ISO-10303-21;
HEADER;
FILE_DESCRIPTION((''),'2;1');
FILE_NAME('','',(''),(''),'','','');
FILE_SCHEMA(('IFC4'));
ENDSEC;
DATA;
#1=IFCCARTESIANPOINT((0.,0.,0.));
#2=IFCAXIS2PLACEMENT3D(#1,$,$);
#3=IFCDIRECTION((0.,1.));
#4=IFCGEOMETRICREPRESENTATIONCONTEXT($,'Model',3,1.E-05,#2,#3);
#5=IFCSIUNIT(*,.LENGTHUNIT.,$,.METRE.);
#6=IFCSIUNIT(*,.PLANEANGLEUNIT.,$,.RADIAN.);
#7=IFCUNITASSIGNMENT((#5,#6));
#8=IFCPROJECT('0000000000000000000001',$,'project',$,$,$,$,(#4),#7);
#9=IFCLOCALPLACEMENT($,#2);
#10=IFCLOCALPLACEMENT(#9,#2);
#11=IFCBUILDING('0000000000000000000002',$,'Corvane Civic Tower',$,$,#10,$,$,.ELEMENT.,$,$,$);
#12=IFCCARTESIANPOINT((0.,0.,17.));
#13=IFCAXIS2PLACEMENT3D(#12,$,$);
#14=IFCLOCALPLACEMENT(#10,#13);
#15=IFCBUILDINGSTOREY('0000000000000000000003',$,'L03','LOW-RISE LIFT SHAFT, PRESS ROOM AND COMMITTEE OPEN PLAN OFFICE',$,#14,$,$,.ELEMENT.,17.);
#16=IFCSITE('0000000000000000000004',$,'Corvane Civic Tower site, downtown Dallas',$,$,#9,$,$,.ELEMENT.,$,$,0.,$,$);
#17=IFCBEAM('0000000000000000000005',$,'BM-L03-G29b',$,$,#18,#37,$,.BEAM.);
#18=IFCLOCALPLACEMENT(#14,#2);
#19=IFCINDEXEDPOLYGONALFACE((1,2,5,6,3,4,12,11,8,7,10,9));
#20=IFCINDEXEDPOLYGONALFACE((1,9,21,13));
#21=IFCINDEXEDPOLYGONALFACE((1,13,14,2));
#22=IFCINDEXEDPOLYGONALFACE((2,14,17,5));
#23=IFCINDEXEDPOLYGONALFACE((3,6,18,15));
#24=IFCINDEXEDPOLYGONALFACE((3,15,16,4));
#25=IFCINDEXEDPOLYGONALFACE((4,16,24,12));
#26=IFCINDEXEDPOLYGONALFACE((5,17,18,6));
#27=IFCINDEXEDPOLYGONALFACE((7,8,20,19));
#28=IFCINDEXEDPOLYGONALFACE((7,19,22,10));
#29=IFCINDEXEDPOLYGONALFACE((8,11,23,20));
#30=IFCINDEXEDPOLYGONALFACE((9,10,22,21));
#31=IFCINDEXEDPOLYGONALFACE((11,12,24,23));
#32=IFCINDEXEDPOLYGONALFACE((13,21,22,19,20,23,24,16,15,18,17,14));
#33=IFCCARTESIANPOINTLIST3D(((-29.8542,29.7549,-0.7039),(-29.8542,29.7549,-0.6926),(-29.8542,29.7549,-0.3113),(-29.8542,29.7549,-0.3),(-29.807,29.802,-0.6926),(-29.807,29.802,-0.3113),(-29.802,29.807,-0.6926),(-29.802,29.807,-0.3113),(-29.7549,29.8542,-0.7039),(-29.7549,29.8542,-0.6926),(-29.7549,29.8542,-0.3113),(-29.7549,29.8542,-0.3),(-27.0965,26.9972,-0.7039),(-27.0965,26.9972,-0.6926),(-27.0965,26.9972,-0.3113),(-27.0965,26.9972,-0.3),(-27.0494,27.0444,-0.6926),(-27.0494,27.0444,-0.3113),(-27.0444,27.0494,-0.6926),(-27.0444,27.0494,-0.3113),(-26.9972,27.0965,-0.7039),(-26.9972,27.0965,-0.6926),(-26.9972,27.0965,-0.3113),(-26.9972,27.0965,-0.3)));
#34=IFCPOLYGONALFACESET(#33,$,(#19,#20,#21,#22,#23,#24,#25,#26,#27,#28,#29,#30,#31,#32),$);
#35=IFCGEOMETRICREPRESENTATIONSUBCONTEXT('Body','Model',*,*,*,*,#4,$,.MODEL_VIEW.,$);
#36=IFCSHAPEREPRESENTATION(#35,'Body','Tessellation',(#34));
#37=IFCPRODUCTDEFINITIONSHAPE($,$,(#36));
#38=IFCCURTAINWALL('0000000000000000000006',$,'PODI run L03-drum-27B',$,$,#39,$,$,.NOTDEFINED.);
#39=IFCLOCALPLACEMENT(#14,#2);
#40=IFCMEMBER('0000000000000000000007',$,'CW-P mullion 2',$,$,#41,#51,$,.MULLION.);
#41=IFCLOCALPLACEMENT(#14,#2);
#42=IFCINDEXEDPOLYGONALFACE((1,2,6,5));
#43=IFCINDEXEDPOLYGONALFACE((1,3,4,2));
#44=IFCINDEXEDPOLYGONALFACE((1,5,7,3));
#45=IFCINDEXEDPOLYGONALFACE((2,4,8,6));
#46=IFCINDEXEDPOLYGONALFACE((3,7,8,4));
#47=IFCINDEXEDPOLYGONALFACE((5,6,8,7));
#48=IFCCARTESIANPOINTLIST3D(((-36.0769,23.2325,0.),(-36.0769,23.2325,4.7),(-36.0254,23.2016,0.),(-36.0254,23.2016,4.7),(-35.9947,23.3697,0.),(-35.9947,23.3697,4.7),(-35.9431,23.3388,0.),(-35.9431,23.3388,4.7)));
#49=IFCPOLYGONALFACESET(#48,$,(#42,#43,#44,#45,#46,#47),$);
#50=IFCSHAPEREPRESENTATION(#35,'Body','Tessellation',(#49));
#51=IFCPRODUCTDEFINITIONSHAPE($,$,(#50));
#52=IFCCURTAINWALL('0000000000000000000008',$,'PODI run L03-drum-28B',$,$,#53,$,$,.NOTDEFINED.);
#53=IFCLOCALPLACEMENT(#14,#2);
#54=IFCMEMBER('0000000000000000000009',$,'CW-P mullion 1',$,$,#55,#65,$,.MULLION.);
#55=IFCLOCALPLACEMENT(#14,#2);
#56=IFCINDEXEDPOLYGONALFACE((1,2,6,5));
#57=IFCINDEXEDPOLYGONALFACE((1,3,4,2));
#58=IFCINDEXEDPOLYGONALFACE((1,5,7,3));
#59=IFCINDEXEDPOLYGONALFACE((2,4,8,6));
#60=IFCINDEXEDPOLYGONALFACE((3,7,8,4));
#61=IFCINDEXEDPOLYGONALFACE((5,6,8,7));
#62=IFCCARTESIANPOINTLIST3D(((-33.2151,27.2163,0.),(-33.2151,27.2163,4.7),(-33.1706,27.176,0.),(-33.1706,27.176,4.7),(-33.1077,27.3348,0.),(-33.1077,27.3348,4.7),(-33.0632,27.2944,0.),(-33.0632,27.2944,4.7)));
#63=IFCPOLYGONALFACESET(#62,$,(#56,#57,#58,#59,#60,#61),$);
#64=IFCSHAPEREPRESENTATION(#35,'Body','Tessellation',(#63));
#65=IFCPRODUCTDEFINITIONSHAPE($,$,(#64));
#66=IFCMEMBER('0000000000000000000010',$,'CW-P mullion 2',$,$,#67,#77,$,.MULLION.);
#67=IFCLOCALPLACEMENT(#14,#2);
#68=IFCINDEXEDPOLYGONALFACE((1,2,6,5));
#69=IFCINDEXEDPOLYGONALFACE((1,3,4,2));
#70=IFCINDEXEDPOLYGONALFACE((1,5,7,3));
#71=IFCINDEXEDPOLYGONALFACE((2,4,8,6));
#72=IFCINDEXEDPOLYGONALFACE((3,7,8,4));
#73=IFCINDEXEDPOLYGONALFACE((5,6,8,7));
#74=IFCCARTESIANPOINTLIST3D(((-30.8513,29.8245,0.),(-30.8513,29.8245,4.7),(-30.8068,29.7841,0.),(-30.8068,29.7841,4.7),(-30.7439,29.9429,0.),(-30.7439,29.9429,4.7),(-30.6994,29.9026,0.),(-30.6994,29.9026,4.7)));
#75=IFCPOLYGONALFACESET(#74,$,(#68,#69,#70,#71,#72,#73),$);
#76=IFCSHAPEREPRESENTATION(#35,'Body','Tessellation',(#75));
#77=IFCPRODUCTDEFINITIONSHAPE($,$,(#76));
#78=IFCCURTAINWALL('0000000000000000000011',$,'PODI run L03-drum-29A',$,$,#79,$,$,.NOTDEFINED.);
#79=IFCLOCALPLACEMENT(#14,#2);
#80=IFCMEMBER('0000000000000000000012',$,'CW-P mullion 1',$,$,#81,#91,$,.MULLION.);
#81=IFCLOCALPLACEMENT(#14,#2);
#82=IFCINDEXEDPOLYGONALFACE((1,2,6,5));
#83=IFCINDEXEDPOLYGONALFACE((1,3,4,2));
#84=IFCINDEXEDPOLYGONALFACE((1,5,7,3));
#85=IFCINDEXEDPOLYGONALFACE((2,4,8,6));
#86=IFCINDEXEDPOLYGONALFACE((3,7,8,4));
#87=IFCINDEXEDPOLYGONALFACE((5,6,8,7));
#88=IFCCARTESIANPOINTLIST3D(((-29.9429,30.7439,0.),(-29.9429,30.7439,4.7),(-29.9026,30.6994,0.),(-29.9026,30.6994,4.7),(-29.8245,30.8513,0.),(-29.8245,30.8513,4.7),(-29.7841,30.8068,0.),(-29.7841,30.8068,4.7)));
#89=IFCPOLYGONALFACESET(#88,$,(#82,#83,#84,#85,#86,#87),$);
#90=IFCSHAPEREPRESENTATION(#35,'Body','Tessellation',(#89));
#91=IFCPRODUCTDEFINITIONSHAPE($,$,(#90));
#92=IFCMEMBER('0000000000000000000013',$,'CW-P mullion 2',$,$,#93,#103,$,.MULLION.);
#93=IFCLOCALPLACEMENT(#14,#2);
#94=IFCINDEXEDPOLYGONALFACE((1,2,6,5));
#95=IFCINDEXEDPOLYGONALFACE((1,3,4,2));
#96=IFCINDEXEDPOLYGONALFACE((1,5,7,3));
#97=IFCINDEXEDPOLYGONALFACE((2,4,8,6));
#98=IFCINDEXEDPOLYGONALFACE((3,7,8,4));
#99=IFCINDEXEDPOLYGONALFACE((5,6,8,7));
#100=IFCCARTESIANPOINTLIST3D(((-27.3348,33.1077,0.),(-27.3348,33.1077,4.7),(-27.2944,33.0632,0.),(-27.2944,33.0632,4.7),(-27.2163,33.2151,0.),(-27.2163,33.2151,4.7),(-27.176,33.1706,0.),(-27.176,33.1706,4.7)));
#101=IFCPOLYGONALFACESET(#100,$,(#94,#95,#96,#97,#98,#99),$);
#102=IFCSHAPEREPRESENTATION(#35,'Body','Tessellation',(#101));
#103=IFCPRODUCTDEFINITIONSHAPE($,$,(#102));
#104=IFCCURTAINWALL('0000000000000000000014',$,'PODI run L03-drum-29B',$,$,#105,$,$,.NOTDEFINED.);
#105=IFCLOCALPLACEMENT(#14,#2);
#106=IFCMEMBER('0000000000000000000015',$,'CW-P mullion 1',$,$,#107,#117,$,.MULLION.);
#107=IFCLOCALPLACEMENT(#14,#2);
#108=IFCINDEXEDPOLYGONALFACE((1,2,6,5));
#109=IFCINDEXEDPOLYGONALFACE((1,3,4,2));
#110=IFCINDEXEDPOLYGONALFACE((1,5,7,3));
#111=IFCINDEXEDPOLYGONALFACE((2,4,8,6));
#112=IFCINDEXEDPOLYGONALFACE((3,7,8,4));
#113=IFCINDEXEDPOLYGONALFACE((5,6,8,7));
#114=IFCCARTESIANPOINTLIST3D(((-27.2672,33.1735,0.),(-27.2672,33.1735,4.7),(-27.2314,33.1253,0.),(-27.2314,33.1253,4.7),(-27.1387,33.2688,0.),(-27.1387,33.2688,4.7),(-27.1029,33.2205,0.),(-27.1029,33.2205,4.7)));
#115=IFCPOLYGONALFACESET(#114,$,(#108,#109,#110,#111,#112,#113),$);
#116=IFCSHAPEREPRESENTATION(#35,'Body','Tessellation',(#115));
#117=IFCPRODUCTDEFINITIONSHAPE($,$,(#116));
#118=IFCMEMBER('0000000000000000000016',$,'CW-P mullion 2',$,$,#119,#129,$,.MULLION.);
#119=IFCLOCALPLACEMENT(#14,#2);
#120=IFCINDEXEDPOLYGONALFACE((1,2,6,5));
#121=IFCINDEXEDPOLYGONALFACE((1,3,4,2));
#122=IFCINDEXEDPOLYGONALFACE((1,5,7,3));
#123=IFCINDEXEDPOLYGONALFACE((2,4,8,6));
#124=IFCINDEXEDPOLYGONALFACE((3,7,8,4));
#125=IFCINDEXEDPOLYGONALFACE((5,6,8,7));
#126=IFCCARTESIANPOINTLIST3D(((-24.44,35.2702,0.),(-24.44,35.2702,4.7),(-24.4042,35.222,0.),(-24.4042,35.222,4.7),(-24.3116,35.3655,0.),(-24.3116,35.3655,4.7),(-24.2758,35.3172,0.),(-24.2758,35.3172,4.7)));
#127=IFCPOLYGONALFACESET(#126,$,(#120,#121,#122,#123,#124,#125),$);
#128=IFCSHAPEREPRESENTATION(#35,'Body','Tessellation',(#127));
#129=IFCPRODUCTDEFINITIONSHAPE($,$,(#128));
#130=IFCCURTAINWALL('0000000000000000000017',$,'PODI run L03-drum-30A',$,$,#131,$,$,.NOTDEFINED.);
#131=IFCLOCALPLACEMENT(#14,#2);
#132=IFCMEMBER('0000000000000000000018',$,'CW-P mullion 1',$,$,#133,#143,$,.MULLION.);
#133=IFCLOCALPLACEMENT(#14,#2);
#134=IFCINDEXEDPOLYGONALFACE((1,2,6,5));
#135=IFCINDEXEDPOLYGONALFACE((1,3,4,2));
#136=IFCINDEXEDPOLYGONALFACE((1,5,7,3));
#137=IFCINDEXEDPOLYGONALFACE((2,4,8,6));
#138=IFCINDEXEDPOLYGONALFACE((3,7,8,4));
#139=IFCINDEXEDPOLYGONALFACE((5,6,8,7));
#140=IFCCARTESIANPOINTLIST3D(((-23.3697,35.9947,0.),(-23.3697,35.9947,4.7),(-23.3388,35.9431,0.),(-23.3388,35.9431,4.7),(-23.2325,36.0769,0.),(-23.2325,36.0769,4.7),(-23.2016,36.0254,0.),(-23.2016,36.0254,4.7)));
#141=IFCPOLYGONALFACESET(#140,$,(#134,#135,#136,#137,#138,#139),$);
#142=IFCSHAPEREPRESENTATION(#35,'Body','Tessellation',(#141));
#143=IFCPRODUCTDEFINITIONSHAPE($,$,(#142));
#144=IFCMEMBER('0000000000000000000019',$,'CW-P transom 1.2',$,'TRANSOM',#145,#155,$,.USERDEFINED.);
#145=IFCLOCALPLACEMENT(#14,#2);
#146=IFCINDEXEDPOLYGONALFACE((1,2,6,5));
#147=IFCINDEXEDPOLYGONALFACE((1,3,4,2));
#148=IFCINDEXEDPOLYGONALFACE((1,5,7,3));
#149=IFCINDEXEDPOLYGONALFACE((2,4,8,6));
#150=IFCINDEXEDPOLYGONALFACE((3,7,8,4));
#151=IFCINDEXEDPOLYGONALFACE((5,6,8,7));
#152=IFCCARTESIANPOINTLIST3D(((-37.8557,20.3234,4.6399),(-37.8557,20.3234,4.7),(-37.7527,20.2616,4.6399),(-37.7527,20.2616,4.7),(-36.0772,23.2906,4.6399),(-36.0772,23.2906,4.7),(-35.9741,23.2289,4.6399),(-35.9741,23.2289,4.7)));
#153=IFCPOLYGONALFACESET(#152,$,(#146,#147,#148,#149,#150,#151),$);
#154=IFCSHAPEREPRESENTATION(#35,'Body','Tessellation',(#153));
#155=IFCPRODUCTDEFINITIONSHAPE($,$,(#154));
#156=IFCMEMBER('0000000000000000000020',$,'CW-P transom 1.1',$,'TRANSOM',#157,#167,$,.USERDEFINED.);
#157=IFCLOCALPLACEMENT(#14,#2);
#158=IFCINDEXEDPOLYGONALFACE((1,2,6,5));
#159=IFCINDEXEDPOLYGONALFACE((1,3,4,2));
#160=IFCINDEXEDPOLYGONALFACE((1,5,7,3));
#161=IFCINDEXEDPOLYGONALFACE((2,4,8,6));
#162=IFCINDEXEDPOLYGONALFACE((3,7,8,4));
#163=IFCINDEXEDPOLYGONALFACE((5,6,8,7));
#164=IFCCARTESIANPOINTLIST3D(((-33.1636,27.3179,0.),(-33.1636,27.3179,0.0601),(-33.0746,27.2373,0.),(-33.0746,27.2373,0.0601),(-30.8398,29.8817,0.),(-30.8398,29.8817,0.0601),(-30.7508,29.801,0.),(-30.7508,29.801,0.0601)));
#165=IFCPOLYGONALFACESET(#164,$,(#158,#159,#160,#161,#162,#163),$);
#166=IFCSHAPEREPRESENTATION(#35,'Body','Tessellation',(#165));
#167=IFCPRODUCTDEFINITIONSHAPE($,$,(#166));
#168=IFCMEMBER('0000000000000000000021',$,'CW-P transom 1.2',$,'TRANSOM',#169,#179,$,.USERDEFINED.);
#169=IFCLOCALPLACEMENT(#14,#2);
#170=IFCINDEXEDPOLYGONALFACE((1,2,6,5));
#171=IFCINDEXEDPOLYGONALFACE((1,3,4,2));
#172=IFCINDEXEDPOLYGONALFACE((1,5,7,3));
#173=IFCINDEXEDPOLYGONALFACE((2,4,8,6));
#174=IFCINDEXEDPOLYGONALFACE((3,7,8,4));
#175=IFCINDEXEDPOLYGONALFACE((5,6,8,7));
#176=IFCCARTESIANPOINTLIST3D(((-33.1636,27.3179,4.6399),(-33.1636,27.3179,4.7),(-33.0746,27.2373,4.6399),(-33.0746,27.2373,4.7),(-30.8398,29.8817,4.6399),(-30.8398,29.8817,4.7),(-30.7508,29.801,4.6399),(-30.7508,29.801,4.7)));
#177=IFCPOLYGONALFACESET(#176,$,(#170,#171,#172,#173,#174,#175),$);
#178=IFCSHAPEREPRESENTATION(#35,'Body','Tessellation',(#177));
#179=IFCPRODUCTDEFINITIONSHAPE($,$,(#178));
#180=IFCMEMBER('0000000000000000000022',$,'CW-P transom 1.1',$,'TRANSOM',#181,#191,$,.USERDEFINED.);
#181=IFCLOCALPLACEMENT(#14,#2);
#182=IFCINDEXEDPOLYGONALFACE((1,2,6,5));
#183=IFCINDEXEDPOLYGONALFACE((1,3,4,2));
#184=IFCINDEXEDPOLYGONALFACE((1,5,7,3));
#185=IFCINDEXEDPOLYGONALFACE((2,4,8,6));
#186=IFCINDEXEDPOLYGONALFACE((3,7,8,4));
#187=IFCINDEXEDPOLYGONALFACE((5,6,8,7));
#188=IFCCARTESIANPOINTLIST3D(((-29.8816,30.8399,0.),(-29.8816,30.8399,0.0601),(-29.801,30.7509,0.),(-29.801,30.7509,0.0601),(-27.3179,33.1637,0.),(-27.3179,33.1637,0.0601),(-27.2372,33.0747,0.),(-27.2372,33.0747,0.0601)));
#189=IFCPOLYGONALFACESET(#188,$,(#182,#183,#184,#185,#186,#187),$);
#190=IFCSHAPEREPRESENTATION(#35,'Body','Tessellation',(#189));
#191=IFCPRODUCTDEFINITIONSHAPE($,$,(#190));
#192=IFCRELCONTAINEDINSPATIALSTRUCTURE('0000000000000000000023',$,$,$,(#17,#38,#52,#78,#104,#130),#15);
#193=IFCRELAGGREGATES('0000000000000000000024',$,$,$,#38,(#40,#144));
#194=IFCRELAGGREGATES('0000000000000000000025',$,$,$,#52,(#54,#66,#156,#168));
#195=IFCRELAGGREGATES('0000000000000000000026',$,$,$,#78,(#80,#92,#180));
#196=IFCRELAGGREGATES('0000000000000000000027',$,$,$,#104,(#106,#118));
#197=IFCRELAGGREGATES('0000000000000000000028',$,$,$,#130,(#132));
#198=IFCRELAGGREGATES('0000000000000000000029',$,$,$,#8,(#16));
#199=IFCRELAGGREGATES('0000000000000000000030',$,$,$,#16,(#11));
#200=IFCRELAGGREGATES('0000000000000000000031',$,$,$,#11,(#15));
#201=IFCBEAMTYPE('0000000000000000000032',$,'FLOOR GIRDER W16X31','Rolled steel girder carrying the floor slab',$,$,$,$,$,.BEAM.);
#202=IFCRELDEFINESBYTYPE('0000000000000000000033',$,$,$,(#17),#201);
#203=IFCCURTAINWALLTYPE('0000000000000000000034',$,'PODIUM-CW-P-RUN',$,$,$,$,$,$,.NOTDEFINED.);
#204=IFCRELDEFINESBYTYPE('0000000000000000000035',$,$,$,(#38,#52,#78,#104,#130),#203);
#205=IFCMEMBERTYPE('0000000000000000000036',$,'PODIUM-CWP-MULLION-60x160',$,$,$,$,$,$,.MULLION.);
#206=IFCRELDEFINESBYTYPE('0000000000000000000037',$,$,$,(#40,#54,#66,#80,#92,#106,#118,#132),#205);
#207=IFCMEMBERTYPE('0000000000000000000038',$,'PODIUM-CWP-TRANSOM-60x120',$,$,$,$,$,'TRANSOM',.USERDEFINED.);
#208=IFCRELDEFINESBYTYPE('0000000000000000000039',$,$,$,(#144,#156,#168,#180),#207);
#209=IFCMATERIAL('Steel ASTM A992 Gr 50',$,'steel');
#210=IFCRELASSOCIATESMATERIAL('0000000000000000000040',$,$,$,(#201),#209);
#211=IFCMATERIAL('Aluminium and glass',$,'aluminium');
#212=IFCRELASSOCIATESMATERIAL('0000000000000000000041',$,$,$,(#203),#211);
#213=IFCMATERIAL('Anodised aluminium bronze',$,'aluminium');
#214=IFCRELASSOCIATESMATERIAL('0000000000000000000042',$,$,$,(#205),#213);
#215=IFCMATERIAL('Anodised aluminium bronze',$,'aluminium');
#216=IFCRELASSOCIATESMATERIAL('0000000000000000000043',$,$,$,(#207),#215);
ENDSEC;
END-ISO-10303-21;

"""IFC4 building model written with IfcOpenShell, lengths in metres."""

from ifc_helpers import new_model, si_unit, direction, frame, origin, origin_2d, place, context, subcontext, project, spatial, rectangle, i_section, extrude, material, material_profile, profile_set, type_object, element, aggregate, save


model = new_model("IFC4")

# Units and contexts
model_context = context("Model", 3, precision=1e-05, world=origin(), true_north=direction((0.0, 1.0)))
body_context = subcontext(model_context, "Body", "Model", "MODEL_VIEW")
ifc_project = project(units=[si_unit("LENGTHUNIT", "METRE"), si_unit("PLANEANGLEUNIT", "RADIAN")], contexts=[model_context])

# Site, building, storey
site_placement = place(None, origin())
site = spatial("IfcSite", under=ifc_project, at=site_placement, Name="Corvane Civic Tower site, downtown Dallas", CompositionType="ELEMENT", RefElevation=0.0)
building_placement = place(site_placement, origin())
building = spatial("IfcBuilding", under=site, at=building_placement, Name="Corvane Civic Tower", CompositionType="ELEMENT")
storey_placement = place(building_placement, frame((0.0, 0.0, 17.0)))
storey = spatial("IfcBuildingStorey", under=building, at=storey_placement, Name="L03", Description="LOW-RISE LIFT SHAFT, PRESS ROOM AND COMMITTEE OPEN PLAN OFFICE", CompositionType="ELEMENT", Elevation=17.0)

# Beam
ifc_material_1 = material(Name="Steel ASTM A992 Gr 50", Category="steel")
ifc_material_profile_1 = material_profile(ifc_material_1, i_section(OverallWidth=0.1404, OverallDepth=0.4038, WebThickness=0.0071, FlangeThickness=0.0112, at=origin_2d()), Name="W16X31")
ifc_profile_set_1 = profile_set([ifc_material_profile_1], Name="Steel ASTM A992 Gr 50")
beam_type_1 = type_object("IfcBeamType", Name="FLOOR GIRDER W16X31", Description="Rolled steel girder carrying the floor slab", PredefinedType="BEAM", material=ifc_profile_set_1)
for number, where, z_axis, x_axis, name in (
    (1, (-27.0469, 27.0469, -0.502), (-0.707107, 0.707107, 0.0), (-0.707107, -0.707107, 0.0), "BM-L03-G29b"),
):
    element("IfcBeam", number, at=place(storey_placement, frame(where, z_axis=z_axis, x_axis=x_axis)), inside=storey, type_object=beam_type_1, Name=name, PredefinedType="BEAM", context=body_context, shape_type="SweptSolid", body=[
        extrude(i_section(OverallWidth=0.1404, OverallDepth=0.4038, WebThickness=0.0071, FlangeThickness=0.0112, at=origin_2d()), origin(), (0.0, 0.0, 1.0), 3.8999),
    ])

# Curtain wall, member
ifc_material_2 = material(Name="Aluminium and glass", Category="aluminium")
curtain_wall_type = type_object("IfcCurtainWallType", Name="PODIUM-CW-P-RUN", PredefinedType="NOTDEFINED", material=ifc_material_2)
curtain_wall_1_placement = place(storey_placement, origin())
curtain_wall_1 = element("IfcCurtainWall", 2, at=curtain_wall_1_placement, inside=storey, type_object=curtain_wall_type, Name="PODI run L03-drum-27B", PredefinedType="NOTDEFINED")
ifc_material_3 = material(Name="Anodised aluminium bronze", Category="aluminium")
ifc_material_profile_2 = material_profile(ifc_material_3, rectangle(XDim=0.0601, YDim=0.1599, at=origin_2d()), Name="AL 60x160")
ifc_profile_set_2 = profile_set([ifc_material_profile_2], Name="Anodised aluminium bronze")
member_type_1 = type_object("IfcMemberType", Name="PODIUM-CWP-MULLION-60x160", PredefinedType="MULLION", material=ifc_profile_set_2)
member_1_placement = place(storey_placement, frame((-36.01, 23.2856, 0.0), z_axis=(0.0, 0.0, 1.0), x_axis=(-0.85772, 0.514118, 0.0)))
member_1 = element("IfcMember", 3, at=member_1_placement, type_object=member_type_1, Name="CW-P mullion 2", PredefinedType="MULLION", context=body_context, shape_type="SweptSolid", body=[
    extrude(rectangle(XDim=0.0601, YDim=0.1599, at=origin_2d()), origin(), (0.0, 0.0, 1.0), 4.7),
])

# Curtain walls, members
curtain_wall_2_placement = place(storey_placement, origin())
curtain_wall_2 = element("IfcCurtainWall", 4, at=curtain_wall_2_placement, inside=storey, type_object=curtain_wall_type, Name="PODI run L03-drum-28B", PredefinedType="NOTDEFINED")
member_2_placement = place(storey_placement, frame((-33.1392, 27.2554, 0.0), z_axis=(0.0, 0.0, 1.0), x_axis=(-0.740935, 0.671576, 0.0)))
member_2 = element("IfcMember", 5, at=member_2_placement, type_object=member_type_1, Name="CW-P mullion 1", PredefinedType="MULLION", context=body_context, shape_type="SweptSolid", body=[
    extrude(rectangle(XDim=0.0601, YDim=0.1599, at=origin_2d()), origin(), (0.0, 0.0, 1.0), 4.7),
])
member_3_placement = place(storey_placement, frame((-30.7754, 29.8635, 0.0), z_axis=(0.0, 0.0, 1.0), x_axis=(-0.740935, 0.671576, 0.0)))
member_3 = element("IfcMember", 6, at=member_3_placement, type_object=member_type_1, Name="CW-P mullion 2", PredefinedType="MULLION", context=body_context, shape_type="SweptSolid", body=[
    extrude(rectangle(XDim=0.0601, YDim=0.1599, at=origin_2d()), origin(), (0.0, 0.0, 1.0), 4.7),
])
curtain_wall_3_placement = place(storey_placement, origin())
curtain_wall_3 = element("IfcCurtainWall", 7, at=curtain_wall_3_placement, inside=storey, type_object=curtain_wall_type, Name="PODI run L03-drum-29A", PredefinedType="NOTDEFINED")
member_4_placement = place(storey_placement, frame((-29.8635, 30.7754, 0.0), z_axis=(0.0, 0.0, 1.0), x_axis=(-0.671576, 0.740935, 0.0)))
member_4 = element("IfcMember", 8, at=member_4_placement, type_object=member_type_1, Name="CW-P mullion 1", PredefinedType="MULLION", context=body_context, shape_type="SweptSolid", body=[
    extrude(rectangle(XDim=0.0601, YDim=0.1599, at=origin_2d()), origin(), (0.0, 0.0, 1.0), 4.7),
])
member_5_placement = place(storey_placement, frame((-27.2554, 33.1392, 0.0), z_axis=(0.0, 0.0, 1.0), x_axis=(-0.671576, 0.740935, 0.0)))
member_5 = element("IfcMember", 9, at=member_5_placement, type_object=member_type_1, Name="CW-P mullion 2", PredefinedType="MULLION", context=body_context, shape_type="SweptSolid", body=[
    extrude(rectangle(XDim=0.0601, YDim=0.1599, at=origin_2d()), origin(), (0.0, 0.0, 1.0), 4.7),
])
curtain_wall_4_placement = place(storey_placement, origin())
curtain_wall_4 = element("IfcCurtainWall", 10, at=curtain_wall_4_placement, inside=storey, type_object=curtain_wall_type, Name="PODI run L03-drum-29B", PredefinedType="NOTDEFINED")
member_6_placement = place(storey_placement, frame((-27.1851, 33.197, 0.0), z_axis=(0.0, 0.0, 1.0), x_axis=(-0.595705, 0.803203, 0.0)))
member_6 = element("IfcMember", 11, at=member_6_placement, type_object=member_type_1, Name="CW-P mullion 1", PredefinedType="MULLION", context=body_context, shape_type="SweptSolid", body=[
    extrude(rectangle(XDim=0.0601, YDim=0.1599, at=origin_2d()), origin(), (0.0, 0.0, 1.0), 4.7),
])
member_7_placement = place(storey_placement, frame((-24.3579, 35.2937, 0.0), z_axis=(0.0, 0.0, 1.0), x_axis=(-0.595705, 0.803203, 0.0)))
member_7 = element("IfcMember", 12, at=member_7_placement, type_object=member_type_1, Name="CW-P mullion 2", PredefinedType="MULLION", context=body_context, shape_type="SweptSolid", body=[
    extrude(rectangle(XDim=0.0601, YDim=0.1599, at=origin_2d()), origin(), (0.0, 0.0, 1.0), 4.7),
])

# Curtain wall, member
curtain_wall_5_placement = place(storey_placement, origin())
curtain_wall_5 = element("IfcCurtainWall", 13, at=curtain_wall_5_placement, inside=storey, type_object=curtain_wall_type, Name="PODI run L03-drum-30A", PredefinedType="NOTDEFINED")
member_8_placement = place(storey_placement, frame((-23.2856, 36.01, 0.0), z_axis=(0.0, 0.0, 1.0), x_axis=(-0.514118, 0.85772, 0.0)))
member_8 = element("IfcMember", 14, at=member_8_placement, type_object=member_type_1, Name="CW-P mullion 1", PredefinedType="MULLION", context=body_context, shape_type="SweptSolid", body=[
    extrude(rectangle(XDim=0.0601, YDim=0.1599, at=origin_2d()), origin(), (0.0, 0.0, 1.0), 4.7),
])

# Members
ifc_material_4 = material(Name="Anodised aluminium bronze", Category="aluminium")
ifc_material_profile_3 = material_profile(ifc_material_4, rectangle(XDim=0.1201, YDim=0.0601, at=origin_2d()), Name="AL 120x60")
ifc_profile_set_3 = profile_set([ifc_material_profile_3], Name="Anodised aluminium bronze")
member_type_2 = type_object("IfcMemberType", Name="PODIUM-CWP-TRANSOM-60x120", ElementType="TRANSOM", PredefinedType="USERDEFINED", material=ifc_profile_set_3)
member_9_placement = place(storey_placement, frame((-37.8042, 20.2925, 4.6699), z_axis=(0.514112, 0.857723, 0.0), x_axis=(-0.857723, 0.514112, 0.0)))
member_9 = element("IfcMember", 15, at=member_9_placement, type_object=member_type_2, Name="CW-P transom 1.2", ObjectType="TRANSOM", PredefinedType="USERDEFINED", context=body_context, shape_type="SweptSolid", body=[
    extrude(rectangle(XDim=0.1201, YDim=0.0601, at=origin_2d()), origin(), (0.0, 0.0, 1.0), 3.4595),
])
member_10_placement = place(storey_placement, frame((-33.1191, 27.2776, 0.03), z_axis=(0.671576, 0.740935, 0.0), x_axis=(-0.740935, 0.671576, 0.0)))
member_10 = element("IfcMember", 16, at=member_10_placement, type_object=member_type_2, Name="CW-P transom 1.1", ObjectType="TRANSOM", PredefinedType="USERDEFINED", context=body_context, shape_type="SweptSolid", body=[
    extrude(rectangle(XDim=0.1201, YDim=0.0601, at=origin_2d()), origin(), (0.0, 0.0, 1.0), 3.4602),
])
member_11_placement = place(storey_placement, frame((-33.1191, 27.2776, 4.6699), z_axis=(0.671576, 0.740935, 0.0), x_axis=(-0.740935, 0.671576, 0.0)))
member_11 = element("IfcMember", 17, at=member_11_placement, type_object=member_type_2, Name="CW-P transom 1.2", ObjectType="TRANSOM", PredefinedType="USERDEFINED", context=body_context, shape_type="SweptSolid", body=[
    extrude(rectangle(XDim=0.1201, YDim=0.0601, at=origin_2d()), origin(), (0.0, 0.0, 1.0), 3.4602),
])
member_12_placement = place(storey_placement, frame((-29.8413, 30.7954, 0.03), z_axis=(0.740935, 0.671576, 0.0), x_axis=(-0.671576, 0.740935, 0.0)))
member_12 = element("IfcMember", 18, at=member_12_placement, type_object=member_type_2, Name="CW-P transom 1.1", ObjectType="TRANSOM", PredefinedType="USERDEFINED", context=body_context, shape_type="SweptSolid", body=[
    extrude(rectangle(XDim=0.1201, YDim=0.0601, at=origin_2d()), origin(), (0.0, 0.0, 1.0), 3.4602),
])

aggregate(curtain_wall_1, [member_1, member_9])
aggregate(curtain_wall_2, [member_2, member_3, member_10, member_11])
aggregate(curtain_wall_3, [member_4, member_5, member_12])
aggregate(curtain_wall_4, [member_6, member_7])
aggregate(curtain_wall_5, [member_8])

save(model, "model.ifc")
